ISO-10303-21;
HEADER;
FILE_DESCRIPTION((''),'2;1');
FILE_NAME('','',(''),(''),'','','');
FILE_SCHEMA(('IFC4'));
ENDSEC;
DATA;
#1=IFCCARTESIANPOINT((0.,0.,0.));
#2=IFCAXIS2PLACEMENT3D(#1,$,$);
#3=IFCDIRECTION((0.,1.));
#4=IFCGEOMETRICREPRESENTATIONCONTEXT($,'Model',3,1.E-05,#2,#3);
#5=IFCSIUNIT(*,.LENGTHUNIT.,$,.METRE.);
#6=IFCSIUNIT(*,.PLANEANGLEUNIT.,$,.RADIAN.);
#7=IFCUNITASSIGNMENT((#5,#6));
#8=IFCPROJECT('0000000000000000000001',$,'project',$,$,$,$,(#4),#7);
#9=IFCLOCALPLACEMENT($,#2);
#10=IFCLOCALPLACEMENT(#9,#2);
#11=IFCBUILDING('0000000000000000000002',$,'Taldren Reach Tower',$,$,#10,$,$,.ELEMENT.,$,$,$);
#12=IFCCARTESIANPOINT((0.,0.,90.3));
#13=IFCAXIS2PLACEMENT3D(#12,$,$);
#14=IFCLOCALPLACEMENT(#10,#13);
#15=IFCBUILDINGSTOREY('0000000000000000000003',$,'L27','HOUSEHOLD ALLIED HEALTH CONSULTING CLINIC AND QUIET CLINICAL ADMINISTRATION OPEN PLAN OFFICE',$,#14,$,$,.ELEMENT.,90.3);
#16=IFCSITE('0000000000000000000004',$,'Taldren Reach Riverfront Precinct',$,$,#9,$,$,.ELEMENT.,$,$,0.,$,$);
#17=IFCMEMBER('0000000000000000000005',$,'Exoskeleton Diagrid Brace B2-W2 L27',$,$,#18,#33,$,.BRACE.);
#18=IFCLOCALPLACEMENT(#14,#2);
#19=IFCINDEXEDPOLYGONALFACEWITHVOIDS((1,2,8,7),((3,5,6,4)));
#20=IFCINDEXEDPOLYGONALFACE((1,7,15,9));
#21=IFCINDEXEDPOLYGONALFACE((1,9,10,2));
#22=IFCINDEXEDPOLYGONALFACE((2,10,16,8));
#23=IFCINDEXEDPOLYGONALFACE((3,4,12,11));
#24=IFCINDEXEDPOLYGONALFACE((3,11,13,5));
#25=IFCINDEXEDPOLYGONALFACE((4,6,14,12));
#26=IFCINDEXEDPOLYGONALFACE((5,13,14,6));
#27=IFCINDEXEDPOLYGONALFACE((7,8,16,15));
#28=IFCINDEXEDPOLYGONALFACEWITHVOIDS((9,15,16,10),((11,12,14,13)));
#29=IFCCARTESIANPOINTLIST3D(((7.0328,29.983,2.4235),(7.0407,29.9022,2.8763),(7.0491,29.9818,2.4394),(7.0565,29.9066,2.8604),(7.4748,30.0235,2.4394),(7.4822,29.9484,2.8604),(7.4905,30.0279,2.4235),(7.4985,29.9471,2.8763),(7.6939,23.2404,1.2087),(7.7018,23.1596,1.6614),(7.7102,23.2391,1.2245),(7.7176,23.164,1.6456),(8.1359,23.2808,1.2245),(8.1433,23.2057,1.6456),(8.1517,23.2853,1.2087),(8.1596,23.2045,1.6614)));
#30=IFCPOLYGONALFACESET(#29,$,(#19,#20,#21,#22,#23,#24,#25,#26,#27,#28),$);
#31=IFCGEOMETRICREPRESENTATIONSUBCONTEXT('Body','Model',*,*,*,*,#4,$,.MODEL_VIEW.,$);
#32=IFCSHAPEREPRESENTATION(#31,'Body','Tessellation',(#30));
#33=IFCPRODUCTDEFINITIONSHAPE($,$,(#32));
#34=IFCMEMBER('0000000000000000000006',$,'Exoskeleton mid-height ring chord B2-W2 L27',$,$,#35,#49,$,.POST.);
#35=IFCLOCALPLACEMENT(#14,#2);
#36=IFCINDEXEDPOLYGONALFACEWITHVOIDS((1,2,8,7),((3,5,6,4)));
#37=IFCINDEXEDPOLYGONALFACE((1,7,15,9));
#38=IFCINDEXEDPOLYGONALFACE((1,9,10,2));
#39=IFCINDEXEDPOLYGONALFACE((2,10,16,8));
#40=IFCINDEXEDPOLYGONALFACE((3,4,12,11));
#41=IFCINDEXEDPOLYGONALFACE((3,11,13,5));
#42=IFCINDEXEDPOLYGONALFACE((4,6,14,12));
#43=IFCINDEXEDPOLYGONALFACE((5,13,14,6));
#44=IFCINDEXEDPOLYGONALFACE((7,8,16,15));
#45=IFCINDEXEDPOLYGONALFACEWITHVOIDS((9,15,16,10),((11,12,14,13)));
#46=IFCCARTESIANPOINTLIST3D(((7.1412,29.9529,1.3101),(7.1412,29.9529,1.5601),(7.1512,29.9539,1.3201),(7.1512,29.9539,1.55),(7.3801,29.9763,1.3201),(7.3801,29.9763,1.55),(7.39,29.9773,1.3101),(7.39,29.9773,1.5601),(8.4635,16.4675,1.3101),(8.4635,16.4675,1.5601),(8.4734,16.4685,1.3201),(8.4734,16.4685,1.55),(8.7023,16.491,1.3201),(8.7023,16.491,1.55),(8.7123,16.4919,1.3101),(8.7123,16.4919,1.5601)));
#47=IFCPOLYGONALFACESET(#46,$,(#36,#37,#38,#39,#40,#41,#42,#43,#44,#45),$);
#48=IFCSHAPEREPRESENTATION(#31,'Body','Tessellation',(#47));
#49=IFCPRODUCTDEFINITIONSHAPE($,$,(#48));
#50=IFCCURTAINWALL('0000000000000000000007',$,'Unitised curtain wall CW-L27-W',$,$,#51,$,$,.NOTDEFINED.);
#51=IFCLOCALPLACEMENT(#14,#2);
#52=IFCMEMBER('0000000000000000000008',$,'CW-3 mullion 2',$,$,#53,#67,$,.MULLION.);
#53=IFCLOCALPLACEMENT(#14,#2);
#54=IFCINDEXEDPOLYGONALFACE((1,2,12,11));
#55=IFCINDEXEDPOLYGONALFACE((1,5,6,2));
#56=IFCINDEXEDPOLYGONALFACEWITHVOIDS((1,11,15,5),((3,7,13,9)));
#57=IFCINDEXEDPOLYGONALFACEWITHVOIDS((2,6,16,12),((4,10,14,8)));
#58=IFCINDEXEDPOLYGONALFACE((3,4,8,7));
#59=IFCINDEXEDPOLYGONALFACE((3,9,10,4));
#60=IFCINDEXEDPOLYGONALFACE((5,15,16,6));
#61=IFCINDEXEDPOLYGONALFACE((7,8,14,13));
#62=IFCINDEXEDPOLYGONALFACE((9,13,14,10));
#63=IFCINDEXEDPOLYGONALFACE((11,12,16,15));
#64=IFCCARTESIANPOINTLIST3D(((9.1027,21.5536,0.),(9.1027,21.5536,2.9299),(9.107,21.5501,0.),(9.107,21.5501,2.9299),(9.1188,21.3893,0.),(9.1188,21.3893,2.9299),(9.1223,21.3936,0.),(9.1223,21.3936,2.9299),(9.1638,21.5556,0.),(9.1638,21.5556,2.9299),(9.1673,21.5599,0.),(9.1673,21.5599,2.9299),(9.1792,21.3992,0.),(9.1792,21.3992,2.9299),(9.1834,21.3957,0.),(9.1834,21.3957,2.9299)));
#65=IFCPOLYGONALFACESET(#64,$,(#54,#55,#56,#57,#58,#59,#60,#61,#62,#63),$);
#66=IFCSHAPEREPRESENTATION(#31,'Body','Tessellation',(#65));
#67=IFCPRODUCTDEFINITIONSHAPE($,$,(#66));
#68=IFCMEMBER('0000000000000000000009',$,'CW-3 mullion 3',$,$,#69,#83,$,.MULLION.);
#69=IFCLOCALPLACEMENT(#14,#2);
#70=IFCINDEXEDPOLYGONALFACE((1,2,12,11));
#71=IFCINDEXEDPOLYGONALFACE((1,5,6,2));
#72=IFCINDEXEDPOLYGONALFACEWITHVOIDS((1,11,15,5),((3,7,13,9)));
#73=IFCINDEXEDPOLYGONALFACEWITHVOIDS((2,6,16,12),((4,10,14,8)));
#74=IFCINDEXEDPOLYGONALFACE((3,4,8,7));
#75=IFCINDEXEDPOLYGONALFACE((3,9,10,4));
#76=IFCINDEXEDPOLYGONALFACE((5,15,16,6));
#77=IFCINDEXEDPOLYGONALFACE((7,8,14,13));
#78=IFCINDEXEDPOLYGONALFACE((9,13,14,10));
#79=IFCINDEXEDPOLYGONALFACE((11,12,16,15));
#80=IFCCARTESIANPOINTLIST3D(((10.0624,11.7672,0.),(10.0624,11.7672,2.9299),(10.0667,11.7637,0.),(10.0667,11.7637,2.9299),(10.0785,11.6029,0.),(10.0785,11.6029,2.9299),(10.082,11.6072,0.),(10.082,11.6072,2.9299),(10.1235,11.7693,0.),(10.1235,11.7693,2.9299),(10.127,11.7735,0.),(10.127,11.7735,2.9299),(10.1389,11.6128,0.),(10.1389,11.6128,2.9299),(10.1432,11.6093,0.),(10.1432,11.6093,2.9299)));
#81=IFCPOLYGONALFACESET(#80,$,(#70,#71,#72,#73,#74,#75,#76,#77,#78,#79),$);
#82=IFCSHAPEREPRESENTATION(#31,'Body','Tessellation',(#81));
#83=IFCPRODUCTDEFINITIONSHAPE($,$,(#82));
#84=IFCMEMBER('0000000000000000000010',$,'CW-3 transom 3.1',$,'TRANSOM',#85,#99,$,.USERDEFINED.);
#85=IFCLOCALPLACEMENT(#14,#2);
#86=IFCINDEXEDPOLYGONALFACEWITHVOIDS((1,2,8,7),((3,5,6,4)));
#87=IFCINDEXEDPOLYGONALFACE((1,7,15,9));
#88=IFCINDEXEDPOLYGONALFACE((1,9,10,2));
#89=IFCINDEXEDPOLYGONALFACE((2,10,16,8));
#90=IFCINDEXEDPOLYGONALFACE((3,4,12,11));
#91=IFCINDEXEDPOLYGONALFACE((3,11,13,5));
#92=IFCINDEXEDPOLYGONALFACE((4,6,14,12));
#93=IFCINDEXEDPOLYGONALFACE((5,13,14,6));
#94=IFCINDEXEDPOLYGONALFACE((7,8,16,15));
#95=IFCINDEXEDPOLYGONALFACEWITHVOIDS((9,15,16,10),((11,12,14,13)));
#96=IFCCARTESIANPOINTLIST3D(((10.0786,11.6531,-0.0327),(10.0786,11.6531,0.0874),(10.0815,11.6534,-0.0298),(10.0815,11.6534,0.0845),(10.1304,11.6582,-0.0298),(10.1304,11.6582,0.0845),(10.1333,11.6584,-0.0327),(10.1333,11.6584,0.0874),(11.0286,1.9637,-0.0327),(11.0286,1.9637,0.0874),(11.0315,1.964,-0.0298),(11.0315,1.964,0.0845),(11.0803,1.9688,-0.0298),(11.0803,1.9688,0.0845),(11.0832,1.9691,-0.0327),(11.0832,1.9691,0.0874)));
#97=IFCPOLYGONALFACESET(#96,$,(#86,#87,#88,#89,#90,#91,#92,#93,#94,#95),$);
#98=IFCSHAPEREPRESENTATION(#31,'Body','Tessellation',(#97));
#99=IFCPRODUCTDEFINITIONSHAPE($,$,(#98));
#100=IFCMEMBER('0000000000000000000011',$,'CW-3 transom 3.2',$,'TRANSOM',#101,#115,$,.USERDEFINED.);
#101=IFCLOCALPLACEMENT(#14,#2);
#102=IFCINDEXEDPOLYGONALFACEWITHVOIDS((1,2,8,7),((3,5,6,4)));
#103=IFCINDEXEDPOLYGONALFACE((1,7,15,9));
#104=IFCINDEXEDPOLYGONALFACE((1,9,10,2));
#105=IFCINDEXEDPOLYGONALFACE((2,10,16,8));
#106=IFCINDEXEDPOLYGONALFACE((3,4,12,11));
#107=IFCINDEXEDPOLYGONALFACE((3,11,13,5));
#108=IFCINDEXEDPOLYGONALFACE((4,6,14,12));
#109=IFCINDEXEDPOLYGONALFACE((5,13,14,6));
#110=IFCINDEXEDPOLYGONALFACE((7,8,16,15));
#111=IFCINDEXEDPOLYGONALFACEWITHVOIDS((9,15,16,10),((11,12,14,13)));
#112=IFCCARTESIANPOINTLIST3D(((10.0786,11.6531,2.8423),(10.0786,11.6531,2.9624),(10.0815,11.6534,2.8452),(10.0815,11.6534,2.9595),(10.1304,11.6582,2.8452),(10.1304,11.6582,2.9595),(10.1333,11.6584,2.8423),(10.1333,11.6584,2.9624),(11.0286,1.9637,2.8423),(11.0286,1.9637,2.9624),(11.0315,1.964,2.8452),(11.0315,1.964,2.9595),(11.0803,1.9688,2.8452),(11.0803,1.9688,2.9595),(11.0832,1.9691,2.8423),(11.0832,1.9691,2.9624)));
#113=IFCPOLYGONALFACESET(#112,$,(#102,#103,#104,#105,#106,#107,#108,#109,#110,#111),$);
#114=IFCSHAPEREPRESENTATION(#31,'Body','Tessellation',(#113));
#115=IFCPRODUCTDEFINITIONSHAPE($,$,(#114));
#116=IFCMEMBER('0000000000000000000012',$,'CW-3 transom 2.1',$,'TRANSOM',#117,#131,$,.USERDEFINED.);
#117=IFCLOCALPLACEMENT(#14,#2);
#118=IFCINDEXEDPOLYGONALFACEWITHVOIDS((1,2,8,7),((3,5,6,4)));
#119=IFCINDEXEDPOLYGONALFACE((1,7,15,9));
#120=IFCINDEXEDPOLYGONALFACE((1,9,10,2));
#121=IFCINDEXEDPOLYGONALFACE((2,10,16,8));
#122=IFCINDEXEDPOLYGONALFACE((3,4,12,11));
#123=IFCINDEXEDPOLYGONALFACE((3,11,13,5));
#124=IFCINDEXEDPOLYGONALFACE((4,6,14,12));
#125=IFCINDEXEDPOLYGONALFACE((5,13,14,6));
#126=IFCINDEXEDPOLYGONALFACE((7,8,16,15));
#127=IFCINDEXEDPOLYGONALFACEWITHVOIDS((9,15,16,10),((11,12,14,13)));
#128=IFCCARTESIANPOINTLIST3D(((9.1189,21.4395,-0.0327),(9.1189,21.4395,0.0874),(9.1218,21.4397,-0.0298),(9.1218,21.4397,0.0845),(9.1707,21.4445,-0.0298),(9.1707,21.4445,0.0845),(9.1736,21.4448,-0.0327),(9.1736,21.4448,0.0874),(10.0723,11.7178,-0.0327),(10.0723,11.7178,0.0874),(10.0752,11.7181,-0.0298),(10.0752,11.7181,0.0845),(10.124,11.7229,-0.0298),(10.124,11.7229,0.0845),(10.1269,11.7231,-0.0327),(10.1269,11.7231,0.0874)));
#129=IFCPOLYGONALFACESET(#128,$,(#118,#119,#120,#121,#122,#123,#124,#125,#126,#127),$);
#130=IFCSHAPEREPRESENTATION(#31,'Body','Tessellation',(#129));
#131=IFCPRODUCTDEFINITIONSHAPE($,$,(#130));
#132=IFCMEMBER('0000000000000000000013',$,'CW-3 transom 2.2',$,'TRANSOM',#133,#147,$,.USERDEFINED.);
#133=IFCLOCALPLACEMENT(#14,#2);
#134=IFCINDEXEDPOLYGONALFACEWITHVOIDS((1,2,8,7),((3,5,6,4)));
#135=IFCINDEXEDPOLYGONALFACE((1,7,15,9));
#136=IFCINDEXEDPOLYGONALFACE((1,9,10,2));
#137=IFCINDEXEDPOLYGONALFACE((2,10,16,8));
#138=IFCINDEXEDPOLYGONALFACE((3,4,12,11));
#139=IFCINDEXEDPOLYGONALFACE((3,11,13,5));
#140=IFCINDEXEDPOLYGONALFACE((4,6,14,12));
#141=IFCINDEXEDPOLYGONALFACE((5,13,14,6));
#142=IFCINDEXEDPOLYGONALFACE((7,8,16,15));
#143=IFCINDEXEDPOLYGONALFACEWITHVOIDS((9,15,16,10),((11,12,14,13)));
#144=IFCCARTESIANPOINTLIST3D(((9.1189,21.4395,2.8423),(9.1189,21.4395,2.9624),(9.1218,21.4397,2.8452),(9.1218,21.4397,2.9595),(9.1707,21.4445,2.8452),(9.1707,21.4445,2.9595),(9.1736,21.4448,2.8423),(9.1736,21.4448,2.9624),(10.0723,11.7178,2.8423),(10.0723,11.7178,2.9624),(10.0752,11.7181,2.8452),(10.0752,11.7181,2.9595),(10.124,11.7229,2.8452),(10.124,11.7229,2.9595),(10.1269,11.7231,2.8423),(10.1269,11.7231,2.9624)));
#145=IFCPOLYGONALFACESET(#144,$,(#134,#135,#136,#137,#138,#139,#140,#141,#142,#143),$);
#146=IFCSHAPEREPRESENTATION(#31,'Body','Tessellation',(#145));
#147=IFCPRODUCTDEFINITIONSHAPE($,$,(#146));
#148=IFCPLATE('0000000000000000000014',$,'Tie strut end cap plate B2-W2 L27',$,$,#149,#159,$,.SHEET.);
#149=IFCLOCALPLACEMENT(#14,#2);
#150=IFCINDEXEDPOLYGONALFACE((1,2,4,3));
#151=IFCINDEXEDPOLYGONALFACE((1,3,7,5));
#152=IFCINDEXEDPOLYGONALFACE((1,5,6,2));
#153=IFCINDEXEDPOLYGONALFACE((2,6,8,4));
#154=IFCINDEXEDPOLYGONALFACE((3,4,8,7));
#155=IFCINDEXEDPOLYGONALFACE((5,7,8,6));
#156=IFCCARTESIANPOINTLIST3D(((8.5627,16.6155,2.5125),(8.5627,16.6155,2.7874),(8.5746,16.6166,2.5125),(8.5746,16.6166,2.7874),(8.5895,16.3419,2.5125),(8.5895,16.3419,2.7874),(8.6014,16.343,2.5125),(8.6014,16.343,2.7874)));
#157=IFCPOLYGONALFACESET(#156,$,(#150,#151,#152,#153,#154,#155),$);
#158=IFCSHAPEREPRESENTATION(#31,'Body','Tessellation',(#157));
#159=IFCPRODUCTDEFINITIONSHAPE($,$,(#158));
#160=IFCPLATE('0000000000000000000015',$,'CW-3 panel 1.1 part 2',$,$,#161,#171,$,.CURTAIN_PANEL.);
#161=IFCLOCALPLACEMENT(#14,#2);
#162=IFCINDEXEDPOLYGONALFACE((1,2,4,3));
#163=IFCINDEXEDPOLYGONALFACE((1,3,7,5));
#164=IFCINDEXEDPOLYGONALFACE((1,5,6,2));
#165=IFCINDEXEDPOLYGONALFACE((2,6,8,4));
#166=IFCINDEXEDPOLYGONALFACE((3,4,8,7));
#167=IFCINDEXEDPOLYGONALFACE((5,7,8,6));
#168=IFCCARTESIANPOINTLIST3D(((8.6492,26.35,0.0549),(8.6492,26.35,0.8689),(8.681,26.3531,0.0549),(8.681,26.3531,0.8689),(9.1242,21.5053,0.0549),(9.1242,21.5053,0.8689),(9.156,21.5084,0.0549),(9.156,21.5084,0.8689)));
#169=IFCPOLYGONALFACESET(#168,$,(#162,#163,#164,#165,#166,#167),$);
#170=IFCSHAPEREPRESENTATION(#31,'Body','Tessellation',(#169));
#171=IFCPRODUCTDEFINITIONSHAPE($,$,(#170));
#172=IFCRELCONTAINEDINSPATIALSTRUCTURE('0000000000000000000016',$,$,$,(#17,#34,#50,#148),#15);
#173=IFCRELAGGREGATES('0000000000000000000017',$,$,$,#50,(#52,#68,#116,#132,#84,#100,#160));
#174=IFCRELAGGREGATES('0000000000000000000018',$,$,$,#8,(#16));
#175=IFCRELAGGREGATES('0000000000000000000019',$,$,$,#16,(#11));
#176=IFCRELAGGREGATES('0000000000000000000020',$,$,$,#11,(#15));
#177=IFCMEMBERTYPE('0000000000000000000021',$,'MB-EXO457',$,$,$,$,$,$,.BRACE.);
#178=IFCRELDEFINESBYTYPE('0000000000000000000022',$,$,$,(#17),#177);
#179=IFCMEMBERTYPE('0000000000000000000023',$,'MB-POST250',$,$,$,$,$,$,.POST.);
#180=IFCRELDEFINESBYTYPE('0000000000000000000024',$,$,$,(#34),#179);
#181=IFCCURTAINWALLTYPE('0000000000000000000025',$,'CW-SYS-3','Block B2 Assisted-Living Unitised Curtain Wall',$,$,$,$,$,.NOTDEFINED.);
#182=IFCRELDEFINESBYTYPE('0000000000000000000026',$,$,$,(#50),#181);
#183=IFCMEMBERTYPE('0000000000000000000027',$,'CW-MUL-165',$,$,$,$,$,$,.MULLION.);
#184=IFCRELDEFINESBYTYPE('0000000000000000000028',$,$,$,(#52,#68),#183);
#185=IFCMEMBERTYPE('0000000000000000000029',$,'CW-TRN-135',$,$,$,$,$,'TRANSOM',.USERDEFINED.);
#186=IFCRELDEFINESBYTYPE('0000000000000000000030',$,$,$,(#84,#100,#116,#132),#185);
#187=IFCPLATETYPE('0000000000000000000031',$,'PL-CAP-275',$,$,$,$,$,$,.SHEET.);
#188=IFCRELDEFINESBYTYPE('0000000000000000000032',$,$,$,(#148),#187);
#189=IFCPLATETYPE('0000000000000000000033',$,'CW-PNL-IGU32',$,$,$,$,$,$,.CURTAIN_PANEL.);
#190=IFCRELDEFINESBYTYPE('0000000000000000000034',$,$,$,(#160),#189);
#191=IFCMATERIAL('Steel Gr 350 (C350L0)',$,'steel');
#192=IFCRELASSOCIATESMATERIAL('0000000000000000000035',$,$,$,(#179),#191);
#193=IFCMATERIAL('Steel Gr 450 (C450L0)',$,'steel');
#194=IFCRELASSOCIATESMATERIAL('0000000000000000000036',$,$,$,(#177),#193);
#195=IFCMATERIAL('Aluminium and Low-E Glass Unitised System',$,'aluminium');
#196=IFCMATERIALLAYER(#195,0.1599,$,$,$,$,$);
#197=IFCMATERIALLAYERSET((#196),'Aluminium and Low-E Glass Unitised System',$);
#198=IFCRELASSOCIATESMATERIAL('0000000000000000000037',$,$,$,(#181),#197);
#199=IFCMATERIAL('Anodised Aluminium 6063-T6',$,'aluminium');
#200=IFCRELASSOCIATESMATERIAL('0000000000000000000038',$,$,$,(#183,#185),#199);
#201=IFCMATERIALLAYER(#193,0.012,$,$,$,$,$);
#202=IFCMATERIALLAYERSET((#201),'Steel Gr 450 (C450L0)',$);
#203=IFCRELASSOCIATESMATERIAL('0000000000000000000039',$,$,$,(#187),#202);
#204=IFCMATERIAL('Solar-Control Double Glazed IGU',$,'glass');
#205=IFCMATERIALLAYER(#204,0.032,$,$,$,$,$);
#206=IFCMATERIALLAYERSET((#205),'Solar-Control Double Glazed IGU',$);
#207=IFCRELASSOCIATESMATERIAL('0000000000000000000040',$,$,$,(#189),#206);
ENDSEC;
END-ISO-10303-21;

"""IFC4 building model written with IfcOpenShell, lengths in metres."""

from ifc_helpers import new_model, si_unit, direction, frame, origin, origin_2d, place, context, subcontext, project, spatial, rectangle, hollow_rectangle, extrude, source, transform, mapped, material, layer, layer_set, material_profile, profile_set, type_object, element, aggregate, save


model = new_model("IFC4")

# Units and contexts
model_context = context("Model", 3, precision=1e-05, world=origin(), true_north=direction((0.0, 1.0)))
body_context = subcontext(model_context, "Body", "Model", "MODEL_VIEW")
ifc_project = project(units=[si_unit("LENGTHUNIT", "METRE"), si_unit("PLANEANGLEUNIT", "RADIAN")], contexts=[model_context])

# Site, building, storey
site_placement = place(None, origin())
site = spatial("IfcSite", under=ifc_project, at=site_placement, Name="Taldren Reach Riverfront Precinct", CompositionType="ELEMENT", RefElevation=0.0)
building_placement = place(site_placement, origin())
building = spatial("IfcBuilding", under=site, at=building_placement, Name="Taldren Reach Tower", CompositionType="ELEMENT")
storey_placement = place(building_placement, frame((0.0, 0.0, 90.3)))
storey = spatial("IfcBuildingStorey", under=building, at=storey_placement, Name="L27", Description="HOUSEHOLD ALLIED HEALTH CONSULTING CLINIC AND QUIET CLINICAL ADMINISTRATION OPEN PLAN OFFICE", CompositionType="ELEMENT", Elevation=90.3)

# Members
ifc_material_1 = material(Name="Steel Gr 450 (C450L0)", Category="steel")
ifc_material_2 = material(Name="Steel Gr 350 (C350L0)", Category="steel")
ifc_material_profile_1 = material_profile(ifc_material_2, hollow_rectangle(XDim=0.25, YDim=0.25, WallThickness=0.01, at=origin_2d()), Name="250x250x10.0SHS")
ifc_profile_set_1 = profile_set([ifc_material_profile_1], Name="Steel Gr 350 (C350L0)")
member_type_1 = type_object("IfcMemberType", Name="MB-POST250", PredefinedType="POST", material=ifc_profile_set_1)
ifc_material_profile_2 = material_profile(ifc_material_1, hollow_rectangle(XDim=0.46, YDim=0.46, WallThickness=0.0161, at=origin_2d()), Name="460x460x16.0SHS")
ifc_profile_set_2 = profile_set([ifc_material_profile_2], Name="Steel Gr 450 (C450L0)")
member_type_2 = type_object("IfcMemberType", Name="MB-EXO457", PredefinedType="BRACE", material=ifc_profile_set_2)
shared_shape_1 = source(origin(), body_context, "Body", "SweptSolid", [
    extrude(hollow_rectangle(XDim=0.46, YDim=0.46, WallThickness=0.0161, at=origin_2d()), origin(), (0.0, 0.0, 1.0), 6.8831),
])
for number, where, z_axis, x_axis, name in (
    (1, (7.9268, 23.2224, 1.4351), (-0.096052, 0.979603, 0.176497), (-0.995227, -0.097584, 0.0), "Exoskeleton Diagrid Brace B2-W2 L27"),
):
    element("IfcMember", number, at=place(storey_placement, frame(where, z_axis=z_axis, x_axis=x_axis)), inside=storey, type_object=member_type_2, Name=name, PredefinedType="BRACE", context=body_context, shape_type="MappedRepresentation", body=[
        mapped(shared_shape_1, transform((0.0, 0.0, 0.0), scale=1.0)),
    ])
shared_shape_2 = source(origin(), body_context, "Body", "SweptSolid", [
    extrude(hollow_rectangle(XDim=0.25, YDim=0.25, WallThickness=0.01, at=origin_2d()), origin(), (0.0, 0.0, 1.0), 13.55),
])
member_1_placement = place(storey_placement, frame((8.5879, 16.4797, 1.4351), z_axis=(-0.097584, 0.995227, 0.0), x_axis=(-0.995227, -0.097584, 0.0)))
element("IfcMember", 2, at=member_1_placement, inside=storey, type_object=member_type_1, Name="Exoskeleton mid-height ring chord B2-W2 L27", PredefinedType="POST", context=body_context, shape_type="MappedRepresentation", body=[
    mapped(shared_shape_2, transform((0.0, 0.0, 0.0), scale=1.0)),
])

# Curtain wall, members
ifc_material_3 = material(Name="Aluminium and Low-E Glass Unitised System", Category="aluminium")
ifc_layer_1 = layer(ifc_material_3, 0.1599)
ifc_layer_set_1 = layer_set([ifc_layer_1], Name="Aluminium and Low-E Glass Unitised System")
curtain_wall_type = type_object("IfcCurtainWallType", Name="CW-SYS-3", Description="Block B2 Assisted-Living Unitised Curtain Wall", PredefinedType="NOTDEFINED", material=ifc_layer_set_1)
curtain_wall_placement = place(storey_placement, origin())
curtain_wall = element("IfcCurtainWall", 3, at=curtain_wall_placement, inside=storey, type_object=curtain_wall_type, Name="Unitised curtain wall CW-L27-W", PredefinedType="NOTDEFINED")
ifc_material_4 = material(Name="Anodised Aluminium 6063-T6", Category="aluminium")
ifc_material_profile_3 = material_profile(ifc_material_4, hollow_rectangle(XDim=0.0649, YDim=0.165, WallThickness=0.0039, at=origin_2d()), Name="ALU-165x65x4RHS")
ifc_profile_set_3 = profile_set([ifc_material_profile_3], Name="Anodised Aluminium 6063-T6")
member_type_3 = type_object("IfcMemberType", Name="CW-MUL-165", PredefinedType="MULLION", material=ifc_profile_set_3)
shared_shape_3 = source(origin(), body_context, "Body", "SweptSolid", [
    extrude(hollow_rectangle(XDim=0.0649, YDim=0.165, WallThickness=0.0039, at=origin_2d()), origin(), (0.0, 0.0, 1.0), 2.9299),
])
member_2_placement = place(storey_placement, frame((9.1431, 21.4746, 0.0), z_axis=(0.0, 0.0, 1.0), x_axis=(0.995227, 0.097583, 0.0)))
member_2 = element("IfcMember", 4, at=member_2_placement, type_object=member_type_3, Name="CW-3 mullion 2", PredefinedType="MULLION", context=body_context, shape_type="MappedRepresentation", body=[
    mapped(shared_shape_3, transform((0.0, 0.0, 0.0), scale=1.0)),
])
member_3_placement = place(storey_placement, frame((10.1028, 11.6882, 0.0), z_axis=(0.0, 0.0, 1.0), x_axis=(0.995227, 0.097583, 0.0)))
member_3 = element("IfcMember", 5, at=member_3_placement, type_object=member_type_3, Name="CW-3 mullion 3", PredefinedType="MULLION", context=body_context, shape_type="MappedRepresentation", body=[
    mapped(shared_shape_3, transform((0.0, 0.0, 0.0), scale=1.0)),
])
ifc_material_profile_4 = material_profile(ifc_material_4, hollow_rectangle(XDim=0.0549, YDim=0.1201, WallThickness=0.0029, at=origin_2d()), Name="ALU-120x55x3RHS")
ifc_profile_set_4 = profile_set([ifc_material_profile_4], Name="Anodised Aluminium 6063-T6")
member_type_4 = type_object("IfcMemberType", Name="CW-TRN-135", ElementType="TRANSOM", PredefinedType="USERDEFINED", material=ifc_profile_set_4)
shared_shape_4 = source(origin(), body_context, "Body", "SweptSolid", [
    extrude(hollow_rectangle(XDim=0.0549, YDim=0.1201, WallThickness=0.0029, at=origin_2d()), origin(), (0.0, 0.0, 1.0), 9.7358),
])
member_4_placement = place(storey_placement, frame((10.106, 11.6558, 0.0273), z_axis=(0.097572, -0.995228, 0.0), x_axis=(0.995228, 0.097572, 0.0)))
member_4 = element("IfcMember", 6, at=member_4_placement, type_object=member_type_4, Name="CW-3 transom 3.1", ObjectType="TRANSOM", PredefinedType="USERDEFINED", context=body_context, shape_type="MappedRepresentation", body=[
    mapped(shared_shape_4, transform((0.0, 0.0, 0.0), scale=1.0)),
])
member_5_placement = place(storey_placement, frame((10.106, 11.6558, 2.9023), z_axis=(0.097572, -0.995228, 0.0), x_axis=(0.995228, 0.097572, 0.0)))
member_5 = element("IfcMember", 7, at=member_5_placement, type_object=member_type_4, Name="CW-3 transom 3.2", ObjectType="TRANSOM", PredefinedType="USERDEFINED", context=body_context, shape_type="MappedRepresentation", body=[
    mapped(shared_shape_4, transform((0.0, 0.0, 0.0), scale=1.0)),
])
shared_shape_5 = source(origin(), body_context, "Body", "SweptSolid", [
    extrude(hollow_rectangle(XDim=0.0549, YDim=0.1201, WallThickness=0.0029, at=origin_2d()), origin(), (0.0, 0.0, 1.0), 9.7683),
])
member_6_placement = place(storey_placement, frame((9.1462, 21.4421, 0.0273), z_axis=(0.097598, -0.995226, 0.0), x_axis=(0.995226, 0.097598, 0.0)))
member_6 = element("IfcMember", 8, at=member_6_placement, type_object=member_type_4, Name="CW-3 transom 2.1", ObjectType="TRANSOM", PredefinedType="USERDEFINED", context=body_context, shape_type="MappedRepresentation", body=[
    mapped(shared_shape_5, transform((0.0, 0.0, 0.0), scale=1.0)),
])
member_7_placement = place(storey_placement, frame((9.1462, 21.4421, 2.9023), z_axis=(0.097598, -0.995226, 0.0), x_axis=(0.995226, 0.097598, 0.0)))
member_7 = element("IfcMember", 9, at=member_7_placement, type_object=member_type_4, Name="CW-3 transom 2.2", ObjectType="TRANSOM", PredefinedType="USERDEFINED", context=body_context, shape_type="MappedRepresentation", body=[
    mapped(shared_shape_5, transform((0.0, 0.0, 0.0), scale=1.0)),
])

# Plates
ifc_layer_2 = layer(ifc_material_1, 0.012)
ifc_layer_set_2 = layer_set([ifc_layer_2], Name="Steel Gr 450 (C450L0)")
plate_type_1 = type_object("IfcPlateType", Name="PL-CAP-275", PredefinedType="SHEET", material=ifc_layer_set_2)
shared_shape_6 = source(origin(), body_context, "Body", "SweptSolid", [
    extrude(rectangle(XDim=0.012, YDim=0.2749, at=origin_2d()), origin(), (0.0, 0.0, 1.0), 0.2749),
])
plate_1_placement = place(storey_placement, frame((8.582, 16.4792, 2.5125), z_axis=(0.0, 0.0, 1.0), x_axis=(0.995227, 0.097583, 0.0)))
element("IfcPlate", 10, at=plate_1_placement, inside=storey, type_object=plate_type_1, Name="Tie strut end cap plate B2-W2 L27", PredefinedType="SHEET", context=body_context, shape_type="MappedRepresentation", body=[
    mapped(shared_shape_6, transform((0.0, 0.0, 0.0), scale=1.0)),
])
ifc_material_5 = material(Name="Solar-Control Double Glazed IGU", Category="glass")
ifc_layer_3 = layer(ifc_material_5, 0.032)
ifc_layer_set_3 = layer_set([ifc_layer_3], Name="Solar-Control Double Glazed IGU")
plate_type_2 = type_object("IfcPlateType", Name="CW-PNL-IGU32", PredefinedType="CURTAIN_PANEL", material=ifc_layer_set_3)
shared_shape_7 = source(origin(), body_context, "Body", "SweptSolid", [
    extrude(rectangle(XDim=4.8679, YDim=0.032, at=origin_2d()), origin(), (0.0, 0.0, 1.0), 0.814),
])
plate_2_placement = place(storey_placement, frame((8.9026, 23.9292, 0.0549), z_axis=(0.0, 0.0, 1.0), x_axis=(0.097583, -0.995227, 0.0)))
plate_2 = element("IfcPlate", 11, at=plate_2_placement, type_object=plate_type_2, Name="CW-3 panel 1.1 part 2", PredefinedType="CURTAIN_PANEL", context=body_context, shape_type="MappedRepresentation", body=[
    mapped(shared_shape_7, transform((0.0, 0.0, 0.0), scale=1.0)),
])
aggregate(curtain_wall, [member_2, member_3, member_6, member_7, member_4, member_5, plate_2])

save(model, "model.ifc")
